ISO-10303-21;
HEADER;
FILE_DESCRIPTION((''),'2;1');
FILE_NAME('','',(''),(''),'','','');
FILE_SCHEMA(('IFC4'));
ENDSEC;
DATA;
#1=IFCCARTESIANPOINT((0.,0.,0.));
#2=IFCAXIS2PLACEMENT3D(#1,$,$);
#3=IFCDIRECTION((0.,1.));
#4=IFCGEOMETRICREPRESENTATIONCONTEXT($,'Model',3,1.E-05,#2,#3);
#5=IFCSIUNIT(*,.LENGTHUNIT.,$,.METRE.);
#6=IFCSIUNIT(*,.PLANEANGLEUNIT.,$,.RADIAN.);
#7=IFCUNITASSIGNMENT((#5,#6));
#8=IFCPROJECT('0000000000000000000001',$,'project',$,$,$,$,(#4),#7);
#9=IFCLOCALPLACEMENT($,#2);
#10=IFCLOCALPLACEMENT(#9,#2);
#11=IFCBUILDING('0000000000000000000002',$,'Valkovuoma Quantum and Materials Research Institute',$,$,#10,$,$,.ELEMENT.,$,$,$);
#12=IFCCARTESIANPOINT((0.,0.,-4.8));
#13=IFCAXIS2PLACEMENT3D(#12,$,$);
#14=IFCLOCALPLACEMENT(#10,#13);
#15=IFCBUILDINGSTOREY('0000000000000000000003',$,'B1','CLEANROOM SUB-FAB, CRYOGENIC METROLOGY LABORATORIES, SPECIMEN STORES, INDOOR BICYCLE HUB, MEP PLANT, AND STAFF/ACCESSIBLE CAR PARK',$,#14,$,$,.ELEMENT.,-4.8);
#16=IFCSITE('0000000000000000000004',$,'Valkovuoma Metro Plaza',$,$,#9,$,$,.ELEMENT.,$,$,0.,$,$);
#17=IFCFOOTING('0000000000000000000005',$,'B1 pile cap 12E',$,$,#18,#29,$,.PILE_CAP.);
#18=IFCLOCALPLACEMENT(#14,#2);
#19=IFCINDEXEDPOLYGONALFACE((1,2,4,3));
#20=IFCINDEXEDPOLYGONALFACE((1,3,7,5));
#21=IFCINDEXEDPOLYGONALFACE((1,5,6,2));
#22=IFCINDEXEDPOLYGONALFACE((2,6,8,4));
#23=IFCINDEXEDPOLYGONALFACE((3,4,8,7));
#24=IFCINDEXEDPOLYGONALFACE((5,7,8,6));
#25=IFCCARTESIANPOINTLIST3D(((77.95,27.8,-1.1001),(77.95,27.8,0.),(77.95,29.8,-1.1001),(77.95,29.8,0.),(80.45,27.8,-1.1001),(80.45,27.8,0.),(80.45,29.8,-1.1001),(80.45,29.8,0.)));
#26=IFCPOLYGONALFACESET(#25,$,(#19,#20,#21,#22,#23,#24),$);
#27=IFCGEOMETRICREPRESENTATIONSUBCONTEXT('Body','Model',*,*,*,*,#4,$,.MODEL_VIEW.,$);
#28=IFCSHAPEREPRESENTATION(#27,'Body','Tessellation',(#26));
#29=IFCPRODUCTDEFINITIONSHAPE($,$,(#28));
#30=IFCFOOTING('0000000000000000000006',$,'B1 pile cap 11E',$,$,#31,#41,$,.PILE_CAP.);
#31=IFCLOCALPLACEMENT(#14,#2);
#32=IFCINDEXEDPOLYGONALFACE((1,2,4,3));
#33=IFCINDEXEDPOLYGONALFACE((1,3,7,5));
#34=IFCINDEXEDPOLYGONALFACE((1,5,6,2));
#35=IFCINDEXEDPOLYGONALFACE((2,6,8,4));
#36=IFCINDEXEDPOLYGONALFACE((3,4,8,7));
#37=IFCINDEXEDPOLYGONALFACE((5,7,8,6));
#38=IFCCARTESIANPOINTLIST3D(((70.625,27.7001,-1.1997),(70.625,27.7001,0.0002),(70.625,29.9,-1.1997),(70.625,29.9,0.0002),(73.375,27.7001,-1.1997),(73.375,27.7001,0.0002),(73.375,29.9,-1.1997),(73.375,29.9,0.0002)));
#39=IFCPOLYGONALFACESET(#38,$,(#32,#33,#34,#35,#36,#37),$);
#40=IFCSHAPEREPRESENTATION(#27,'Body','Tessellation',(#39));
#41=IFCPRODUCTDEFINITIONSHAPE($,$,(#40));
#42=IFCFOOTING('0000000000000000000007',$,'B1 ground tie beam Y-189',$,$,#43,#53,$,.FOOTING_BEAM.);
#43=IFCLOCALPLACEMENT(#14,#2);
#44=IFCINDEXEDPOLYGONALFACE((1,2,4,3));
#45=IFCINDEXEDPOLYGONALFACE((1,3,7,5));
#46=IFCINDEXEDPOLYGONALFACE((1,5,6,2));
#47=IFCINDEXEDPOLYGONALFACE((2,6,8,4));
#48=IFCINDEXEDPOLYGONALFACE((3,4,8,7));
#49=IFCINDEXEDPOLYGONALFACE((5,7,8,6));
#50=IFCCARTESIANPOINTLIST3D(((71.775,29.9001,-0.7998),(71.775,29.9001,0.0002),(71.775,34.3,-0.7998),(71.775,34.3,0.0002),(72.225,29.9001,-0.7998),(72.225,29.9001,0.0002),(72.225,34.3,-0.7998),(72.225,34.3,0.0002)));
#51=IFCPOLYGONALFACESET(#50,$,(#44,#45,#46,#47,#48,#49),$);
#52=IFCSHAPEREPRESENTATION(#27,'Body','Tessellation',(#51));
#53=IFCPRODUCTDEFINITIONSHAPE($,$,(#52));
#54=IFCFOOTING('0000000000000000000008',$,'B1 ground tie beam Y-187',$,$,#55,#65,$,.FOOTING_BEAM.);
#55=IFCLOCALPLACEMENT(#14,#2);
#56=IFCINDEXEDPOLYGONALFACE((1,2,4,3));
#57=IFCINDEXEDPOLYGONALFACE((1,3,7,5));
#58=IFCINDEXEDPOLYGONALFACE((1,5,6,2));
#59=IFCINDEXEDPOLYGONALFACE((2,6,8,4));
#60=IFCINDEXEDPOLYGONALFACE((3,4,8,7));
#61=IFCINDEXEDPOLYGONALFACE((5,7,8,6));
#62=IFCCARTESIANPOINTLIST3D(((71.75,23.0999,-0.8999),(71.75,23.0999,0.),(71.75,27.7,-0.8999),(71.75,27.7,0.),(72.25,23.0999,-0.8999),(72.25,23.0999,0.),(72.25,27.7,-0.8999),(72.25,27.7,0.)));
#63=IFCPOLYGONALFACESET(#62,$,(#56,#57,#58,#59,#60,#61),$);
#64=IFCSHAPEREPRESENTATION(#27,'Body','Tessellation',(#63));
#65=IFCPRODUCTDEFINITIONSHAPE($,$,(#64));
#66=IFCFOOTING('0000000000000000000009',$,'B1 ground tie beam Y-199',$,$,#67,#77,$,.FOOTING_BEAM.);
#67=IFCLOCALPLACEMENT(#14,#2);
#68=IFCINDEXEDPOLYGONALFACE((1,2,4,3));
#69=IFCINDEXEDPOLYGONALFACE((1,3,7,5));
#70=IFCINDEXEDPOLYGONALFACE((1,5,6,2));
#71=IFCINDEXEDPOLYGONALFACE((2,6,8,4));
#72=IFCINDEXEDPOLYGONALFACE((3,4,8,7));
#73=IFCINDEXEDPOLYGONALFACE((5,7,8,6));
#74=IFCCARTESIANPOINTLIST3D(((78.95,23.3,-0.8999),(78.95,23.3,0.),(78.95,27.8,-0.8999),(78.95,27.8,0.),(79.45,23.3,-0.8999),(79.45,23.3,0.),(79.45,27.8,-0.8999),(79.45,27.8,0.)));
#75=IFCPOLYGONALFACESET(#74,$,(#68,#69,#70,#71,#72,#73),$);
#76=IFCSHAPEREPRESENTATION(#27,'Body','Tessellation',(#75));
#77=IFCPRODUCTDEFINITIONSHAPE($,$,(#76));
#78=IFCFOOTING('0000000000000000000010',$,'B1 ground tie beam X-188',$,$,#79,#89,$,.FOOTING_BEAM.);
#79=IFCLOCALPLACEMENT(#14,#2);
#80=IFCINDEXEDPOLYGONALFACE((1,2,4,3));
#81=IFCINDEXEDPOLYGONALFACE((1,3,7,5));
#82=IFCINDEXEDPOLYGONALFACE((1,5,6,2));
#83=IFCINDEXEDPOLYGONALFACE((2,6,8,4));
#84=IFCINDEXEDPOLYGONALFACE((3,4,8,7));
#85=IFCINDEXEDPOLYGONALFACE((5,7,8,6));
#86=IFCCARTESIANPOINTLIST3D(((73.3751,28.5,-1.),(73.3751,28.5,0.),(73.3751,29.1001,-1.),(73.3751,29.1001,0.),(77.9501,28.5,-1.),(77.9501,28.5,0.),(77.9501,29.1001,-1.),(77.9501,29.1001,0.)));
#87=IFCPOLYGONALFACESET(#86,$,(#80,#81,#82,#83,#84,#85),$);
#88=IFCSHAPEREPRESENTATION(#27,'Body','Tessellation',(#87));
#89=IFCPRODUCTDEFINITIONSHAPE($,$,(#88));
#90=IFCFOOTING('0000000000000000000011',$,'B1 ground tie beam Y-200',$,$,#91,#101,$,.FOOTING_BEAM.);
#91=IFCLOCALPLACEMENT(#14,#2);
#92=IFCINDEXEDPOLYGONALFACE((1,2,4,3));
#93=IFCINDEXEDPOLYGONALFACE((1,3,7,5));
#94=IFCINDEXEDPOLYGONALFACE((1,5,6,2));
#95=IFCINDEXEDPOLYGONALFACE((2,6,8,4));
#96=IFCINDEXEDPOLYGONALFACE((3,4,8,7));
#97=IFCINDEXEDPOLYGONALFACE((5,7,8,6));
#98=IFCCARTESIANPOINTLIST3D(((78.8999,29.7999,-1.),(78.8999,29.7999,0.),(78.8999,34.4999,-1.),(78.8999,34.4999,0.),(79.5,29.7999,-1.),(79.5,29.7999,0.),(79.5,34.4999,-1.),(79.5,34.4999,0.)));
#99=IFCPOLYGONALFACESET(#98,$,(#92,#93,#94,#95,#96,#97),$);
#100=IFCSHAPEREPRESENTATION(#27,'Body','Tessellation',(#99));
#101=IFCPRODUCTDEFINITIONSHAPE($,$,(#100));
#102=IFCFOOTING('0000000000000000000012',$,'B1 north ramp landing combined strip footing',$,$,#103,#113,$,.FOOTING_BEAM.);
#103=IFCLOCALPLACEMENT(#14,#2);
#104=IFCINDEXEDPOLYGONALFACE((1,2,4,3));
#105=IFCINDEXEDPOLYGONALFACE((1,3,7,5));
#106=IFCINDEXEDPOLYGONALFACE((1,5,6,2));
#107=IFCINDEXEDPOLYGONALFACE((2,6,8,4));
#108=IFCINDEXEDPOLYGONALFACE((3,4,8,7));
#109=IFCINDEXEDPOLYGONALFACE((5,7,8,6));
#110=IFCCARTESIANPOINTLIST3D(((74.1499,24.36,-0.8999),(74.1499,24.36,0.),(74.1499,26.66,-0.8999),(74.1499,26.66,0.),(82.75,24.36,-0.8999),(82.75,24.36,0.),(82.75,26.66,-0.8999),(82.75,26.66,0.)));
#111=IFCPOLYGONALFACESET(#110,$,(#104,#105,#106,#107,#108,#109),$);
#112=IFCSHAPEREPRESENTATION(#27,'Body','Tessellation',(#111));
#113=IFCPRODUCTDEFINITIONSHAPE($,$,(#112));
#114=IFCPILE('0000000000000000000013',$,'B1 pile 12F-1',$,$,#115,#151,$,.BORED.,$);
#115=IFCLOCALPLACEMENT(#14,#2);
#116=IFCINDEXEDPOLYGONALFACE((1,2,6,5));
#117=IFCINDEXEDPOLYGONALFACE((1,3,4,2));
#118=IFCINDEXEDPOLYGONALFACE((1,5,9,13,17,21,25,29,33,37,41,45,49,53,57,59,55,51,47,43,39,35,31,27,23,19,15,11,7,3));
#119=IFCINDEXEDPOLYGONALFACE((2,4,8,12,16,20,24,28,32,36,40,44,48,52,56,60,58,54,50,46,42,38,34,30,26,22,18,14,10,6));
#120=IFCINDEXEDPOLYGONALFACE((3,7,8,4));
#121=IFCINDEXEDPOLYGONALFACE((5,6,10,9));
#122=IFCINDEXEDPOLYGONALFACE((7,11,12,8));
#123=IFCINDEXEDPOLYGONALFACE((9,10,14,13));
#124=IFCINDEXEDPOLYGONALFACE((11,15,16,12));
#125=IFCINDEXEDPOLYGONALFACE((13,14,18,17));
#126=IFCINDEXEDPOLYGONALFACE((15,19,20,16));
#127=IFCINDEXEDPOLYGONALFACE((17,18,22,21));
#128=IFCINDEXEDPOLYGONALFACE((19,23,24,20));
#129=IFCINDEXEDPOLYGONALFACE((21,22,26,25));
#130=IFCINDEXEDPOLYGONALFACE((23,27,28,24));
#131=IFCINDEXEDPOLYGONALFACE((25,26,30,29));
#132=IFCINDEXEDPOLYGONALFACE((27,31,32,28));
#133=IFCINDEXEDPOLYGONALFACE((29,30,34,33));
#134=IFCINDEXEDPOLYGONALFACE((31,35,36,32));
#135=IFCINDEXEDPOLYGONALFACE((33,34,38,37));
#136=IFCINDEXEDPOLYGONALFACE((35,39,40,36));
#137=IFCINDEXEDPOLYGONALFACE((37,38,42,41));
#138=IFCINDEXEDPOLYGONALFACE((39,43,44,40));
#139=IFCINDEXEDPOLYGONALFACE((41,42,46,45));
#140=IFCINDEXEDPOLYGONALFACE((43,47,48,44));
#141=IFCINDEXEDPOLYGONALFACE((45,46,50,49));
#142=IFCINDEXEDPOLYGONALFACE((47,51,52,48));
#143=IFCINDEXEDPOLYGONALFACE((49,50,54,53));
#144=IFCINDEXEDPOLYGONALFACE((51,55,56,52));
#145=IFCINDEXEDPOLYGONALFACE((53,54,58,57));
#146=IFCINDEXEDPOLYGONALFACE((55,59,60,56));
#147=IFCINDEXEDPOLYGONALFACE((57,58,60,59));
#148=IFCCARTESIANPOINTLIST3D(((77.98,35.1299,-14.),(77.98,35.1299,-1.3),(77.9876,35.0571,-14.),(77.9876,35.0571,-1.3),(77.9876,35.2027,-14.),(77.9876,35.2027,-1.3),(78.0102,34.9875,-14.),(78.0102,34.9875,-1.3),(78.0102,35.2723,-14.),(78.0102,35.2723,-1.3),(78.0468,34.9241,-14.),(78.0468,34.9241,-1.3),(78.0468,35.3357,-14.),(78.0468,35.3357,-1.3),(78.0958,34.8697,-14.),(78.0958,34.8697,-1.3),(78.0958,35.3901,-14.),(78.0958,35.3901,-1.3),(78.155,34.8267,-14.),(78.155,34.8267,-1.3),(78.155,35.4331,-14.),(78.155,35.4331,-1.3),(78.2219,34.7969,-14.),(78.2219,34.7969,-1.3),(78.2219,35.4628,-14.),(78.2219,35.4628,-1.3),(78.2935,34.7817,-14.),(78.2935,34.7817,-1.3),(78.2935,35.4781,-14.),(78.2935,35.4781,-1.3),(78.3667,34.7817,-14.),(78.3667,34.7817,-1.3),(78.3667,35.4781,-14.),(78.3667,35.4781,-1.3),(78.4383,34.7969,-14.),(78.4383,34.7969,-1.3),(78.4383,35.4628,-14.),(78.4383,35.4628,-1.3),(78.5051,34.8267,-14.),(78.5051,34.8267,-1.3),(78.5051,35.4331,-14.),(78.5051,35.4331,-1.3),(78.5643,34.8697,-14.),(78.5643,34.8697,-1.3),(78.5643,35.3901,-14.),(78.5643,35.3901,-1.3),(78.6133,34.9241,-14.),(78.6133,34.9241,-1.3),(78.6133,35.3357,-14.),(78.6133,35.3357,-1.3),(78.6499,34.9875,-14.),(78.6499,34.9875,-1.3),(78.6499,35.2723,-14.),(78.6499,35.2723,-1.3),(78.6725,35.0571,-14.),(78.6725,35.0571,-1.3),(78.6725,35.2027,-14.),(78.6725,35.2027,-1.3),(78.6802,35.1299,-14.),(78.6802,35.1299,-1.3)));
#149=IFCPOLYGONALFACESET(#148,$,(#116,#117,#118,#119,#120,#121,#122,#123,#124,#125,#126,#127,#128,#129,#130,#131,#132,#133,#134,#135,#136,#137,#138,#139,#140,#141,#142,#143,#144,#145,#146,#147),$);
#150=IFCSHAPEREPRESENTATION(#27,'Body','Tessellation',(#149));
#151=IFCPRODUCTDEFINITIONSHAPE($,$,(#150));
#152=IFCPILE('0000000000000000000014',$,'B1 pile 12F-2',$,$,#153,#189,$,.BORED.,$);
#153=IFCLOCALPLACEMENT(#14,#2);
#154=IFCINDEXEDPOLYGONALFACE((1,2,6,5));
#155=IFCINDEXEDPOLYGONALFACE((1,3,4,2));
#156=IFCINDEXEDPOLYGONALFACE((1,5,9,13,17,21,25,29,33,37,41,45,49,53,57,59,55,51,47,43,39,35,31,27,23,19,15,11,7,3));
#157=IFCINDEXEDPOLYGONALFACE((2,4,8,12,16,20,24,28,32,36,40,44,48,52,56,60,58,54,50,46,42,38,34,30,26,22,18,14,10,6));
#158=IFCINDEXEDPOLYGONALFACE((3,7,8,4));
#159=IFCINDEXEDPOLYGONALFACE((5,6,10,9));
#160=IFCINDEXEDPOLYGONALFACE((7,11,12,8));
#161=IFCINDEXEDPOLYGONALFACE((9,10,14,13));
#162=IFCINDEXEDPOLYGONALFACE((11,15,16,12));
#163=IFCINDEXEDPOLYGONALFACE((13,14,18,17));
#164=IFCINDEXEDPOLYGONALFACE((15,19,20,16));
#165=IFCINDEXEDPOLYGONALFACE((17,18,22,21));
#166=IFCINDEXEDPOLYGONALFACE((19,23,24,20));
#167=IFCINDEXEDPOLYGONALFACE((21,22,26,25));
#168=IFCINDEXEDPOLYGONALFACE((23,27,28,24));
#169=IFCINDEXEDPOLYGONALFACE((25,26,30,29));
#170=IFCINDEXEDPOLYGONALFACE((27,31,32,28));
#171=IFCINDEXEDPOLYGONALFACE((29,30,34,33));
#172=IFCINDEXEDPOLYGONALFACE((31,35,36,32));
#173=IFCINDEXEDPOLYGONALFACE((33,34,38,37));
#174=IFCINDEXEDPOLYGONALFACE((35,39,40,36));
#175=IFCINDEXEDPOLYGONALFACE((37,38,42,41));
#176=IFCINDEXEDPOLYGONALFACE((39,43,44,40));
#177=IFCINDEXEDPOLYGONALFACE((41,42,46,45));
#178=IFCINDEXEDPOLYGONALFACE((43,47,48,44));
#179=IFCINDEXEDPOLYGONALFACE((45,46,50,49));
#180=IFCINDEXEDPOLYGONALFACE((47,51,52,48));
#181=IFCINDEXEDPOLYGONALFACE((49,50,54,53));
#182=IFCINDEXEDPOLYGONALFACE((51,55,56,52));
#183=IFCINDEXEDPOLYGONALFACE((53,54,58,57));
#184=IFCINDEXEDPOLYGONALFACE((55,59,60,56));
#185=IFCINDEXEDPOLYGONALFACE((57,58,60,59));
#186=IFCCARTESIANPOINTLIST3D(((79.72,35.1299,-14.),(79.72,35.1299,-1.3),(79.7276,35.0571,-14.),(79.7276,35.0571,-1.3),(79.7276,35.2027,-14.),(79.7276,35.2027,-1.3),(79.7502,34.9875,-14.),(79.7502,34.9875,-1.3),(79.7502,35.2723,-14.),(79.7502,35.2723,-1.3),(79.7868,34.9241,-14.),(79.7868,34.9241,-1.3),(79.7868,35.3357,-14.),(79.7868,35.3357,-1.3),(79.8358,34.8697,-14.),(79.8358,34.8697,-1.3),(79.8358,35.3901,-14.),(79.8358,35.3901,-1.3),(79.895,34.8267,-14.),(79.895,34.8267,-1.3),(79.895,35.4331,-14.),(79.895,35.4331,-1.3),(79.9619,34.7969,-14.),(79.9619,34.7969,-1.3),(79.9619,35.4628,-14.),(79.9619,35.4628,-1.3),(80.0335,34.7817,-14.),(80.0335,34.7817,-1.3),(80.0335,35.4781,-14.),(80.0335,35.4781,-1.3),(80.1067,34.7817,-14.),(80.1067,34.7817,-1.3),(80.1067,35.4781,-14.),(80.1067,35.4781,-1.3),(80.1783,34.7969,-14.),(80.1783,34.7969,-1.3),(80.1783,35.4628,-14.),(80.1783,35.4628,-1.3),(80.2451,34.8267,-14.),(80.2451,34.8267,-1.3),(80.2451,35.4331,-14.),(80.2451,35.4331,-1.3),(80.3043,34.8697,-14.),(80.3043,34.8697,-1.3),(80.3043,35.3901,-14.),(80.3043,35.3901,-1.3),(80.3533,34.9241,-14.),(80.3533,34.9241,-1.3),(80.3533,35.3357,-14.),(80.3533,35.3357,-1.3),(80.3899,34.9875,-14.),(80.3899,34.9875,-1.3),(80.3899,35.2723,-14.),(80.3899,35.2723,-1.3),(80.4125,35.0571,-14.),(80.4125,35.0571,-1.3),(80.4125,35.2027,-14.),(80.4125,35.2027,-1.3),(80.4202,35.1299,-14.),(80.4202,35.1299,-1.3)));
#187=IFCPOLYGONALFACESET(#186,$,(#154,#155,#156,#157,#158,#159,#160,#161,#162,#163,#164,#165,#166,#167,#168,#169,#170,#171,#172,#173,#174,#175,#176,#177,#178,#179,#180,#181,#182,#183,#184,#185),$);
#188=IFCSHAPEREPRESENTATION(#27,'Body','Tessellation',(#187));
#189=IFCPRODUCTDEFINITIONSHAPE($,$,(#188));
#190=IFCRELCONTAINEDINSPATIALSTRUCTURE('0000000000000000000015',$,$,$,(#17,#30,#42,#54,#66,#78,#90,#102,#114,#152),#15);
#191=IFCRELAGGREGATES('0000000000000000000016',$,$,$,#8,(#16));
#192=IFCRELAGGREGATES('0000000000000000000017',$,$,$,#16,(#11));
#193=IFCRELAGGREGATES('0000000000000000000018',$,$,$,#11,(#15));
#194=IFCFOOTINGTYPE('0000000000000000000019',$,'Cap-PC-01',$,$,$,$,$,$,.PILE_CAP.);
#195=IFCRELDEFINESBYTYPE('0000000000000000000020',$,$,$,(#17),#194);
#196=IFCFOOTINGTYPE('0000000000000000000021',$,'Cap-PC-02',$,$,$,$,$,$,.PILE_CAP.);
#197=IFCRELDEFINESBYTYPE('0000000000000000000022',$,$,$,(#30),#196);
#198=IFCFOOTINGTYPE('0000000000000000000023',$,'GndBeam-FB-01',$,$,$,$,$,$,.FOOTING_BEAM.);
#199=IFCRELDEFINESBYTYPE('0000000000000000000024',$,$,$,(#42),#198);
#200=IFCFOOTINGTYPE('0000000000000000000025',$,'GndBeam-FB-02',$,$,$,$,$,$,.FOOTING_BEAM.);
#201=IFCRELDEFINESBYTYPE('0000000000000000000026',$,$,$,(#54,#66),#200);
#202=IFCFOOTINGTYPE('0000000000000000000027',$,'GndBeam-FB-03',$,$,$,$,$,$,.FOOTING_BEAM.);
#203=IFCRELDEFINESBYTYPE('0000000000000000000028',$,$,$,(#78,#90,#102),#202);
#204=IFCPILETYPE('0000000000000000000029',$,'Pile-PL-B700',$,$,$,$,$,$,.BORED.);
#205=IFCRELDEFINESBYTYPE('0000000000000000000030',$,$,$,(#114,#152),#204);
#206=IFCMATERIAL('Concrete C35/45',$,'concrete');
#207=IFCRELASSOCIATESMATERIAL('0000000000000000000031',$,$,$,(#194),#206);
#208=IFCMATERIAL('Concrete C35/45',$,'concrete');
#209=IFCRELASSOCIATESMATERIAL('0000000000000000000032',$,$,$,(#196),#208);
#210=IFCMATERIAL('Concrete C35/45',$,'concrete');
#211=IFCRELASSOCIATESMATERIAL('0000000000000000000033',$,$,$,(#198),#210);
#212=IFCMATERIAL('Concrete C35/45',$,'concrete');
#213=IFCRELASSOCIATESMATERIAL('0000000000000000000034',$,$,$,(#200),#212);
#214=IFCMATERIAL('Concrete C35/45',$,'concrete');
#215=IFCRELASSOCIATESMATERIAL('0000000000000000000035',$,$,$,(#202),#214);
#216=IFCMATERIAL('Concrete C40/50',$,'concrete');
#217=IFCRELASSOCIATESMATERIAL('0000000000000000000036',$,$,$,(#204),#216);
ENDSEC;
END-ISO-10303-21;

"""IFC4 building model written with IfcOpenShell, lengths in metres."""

from ifc_helpers import new_model, si_unit, direction, frame, origin, origin_2d, place, context, subcontext, project, spatial, rectangle, circle, extrude, material, material_profile, profile_set, type_object, element, save


model = new_model("IFC4")

# Units and contexts
model_context = context("Model", 3, precision=1e-05, world=origin(), true_north=direction((0.0, 1.0)))
body_context = subcontext(model_context, "Body", "Model", "MODEL_VIEW")
ifc_project = project(units=[si_unit("LENGTHUNIT", "METRE"), si_unit("PLANEANGLEUNIT", "RADIAN")], contexts=[model_context])

# Site, building, storey
site_placement = place(None, origin())
site = spatial("IfcSite", under=ifc_project, at=site_placement, Name="Valkovuoma Metro Plaza", CompositionType="ELEMENT", RefElevation=0.0)
building_placement = place(site_placement, origin())
building = spatial("IfcBuilding", under=site, at=building_placement, Name="Valkovuoma Quantum and Materials Research Institute", CompositionType="ELEMENT")
storey_placement = place(building_placement, frame((0.0, 0.0, -4.8)))
storey = spatial("IfcBuildingStorey", under=building, at=storey_placement, Name="B1", Description="CLEANROOM SUB-FAB, CRYOGENIC METROLOGY LABORATORIES, SPECIMEN STORES, INDOOR BICYCLE HUB, MEP PLANT, AND STAFF/ACCESSIBLE CAR PARK", CompositionType="ELEMENT", Elevation=-4.8)

# Footings
ifc_material_1 = material(Name="Concrete C35/45", Category="concrete")
footing_type_1 = type_object("IfcFootingType", Name="Cap-PC-01", PredefinedType="PILE_CAP", material=ifc_material_1)
footing_1_placement = place(storey_placement, frame((79.2, 28.8, -1.1001), z_axis=(0.0, 0.0, 1.0), x_axis=(1.0, 0.0, 0.0)))
element("IfcFooting", 1, at=footing_1_placement, inside=storey, type_object=footing_type_1, Name="B1 pile cap 12E", PredefinedType="PILE_CAP", context=body_context, shape_type="SweptSolid", body=[
    extrude(rectangle(XDim=2.5, YDim=2.0, at=origin_2d()), origin(), (0.0, 0.0, 1.0), 1.1001),
])
ifc_material_2 = material(Name="Concrete C35/45", Category="concrete")
footing_type_2 = type_object("IfcFootingType", Name="Cap-PC-02", PredefinedType="PILE_CAP", material=ifc_material_2)
footing_2_placement = place(storey_placement, frame((72.0, 28.8, -1.1997), z_axis=(0.0, 0.0, 1.0), x_axis=(1.0, 0.0, 0.0)))
element("IfcFooting", 2, at=footing_2_placement, inside=storey, type_object=footing_type_2, Name="B1 pile cap 11E", PredefinedType="PILE_CAP", context=body_context, shape_type="SweptSolid", body=[
    extrude(rectangle(XDim=2.75, YDim=2.2, at=origin_2d()), origin(), (0.0, 0.0, 1.0), 1.2),
])
ifc_material_3 = material(Name="Concrete C35/45", Category="concrete")
footing_type_3 = type_object("IfcFootingType", Name="GndBeam-FB-01", PredefinedType="FOOTING_BEAM", material=ifc_material_3)
footing_3_placement = place(storey_placement, frame((72.0, 32.1001, -0.7998), z_axis=(0.0, 0.0, 1.0), x_axis=(0.0, 1.0, 0.0)))
element("IfcFooting", 3, at=footing_3_placement, inside=storey, type_object=footing_type_3, Name="B1 ground tie beam Y-189", PredefinedType="FOOTING_BEAM", context=body_context, shape_type="SweptSolid", body=[
    extrude(rectangle(XDim=4.3999, YDim=0.45, at=origin_2d()), origin(), (0.0, 0.0, 1.0), 0.8),
])
ifc_material_4 = material(Name="Concrete C35/45", Category="concrete")
footing_type_4 = type_object("IfcFootingType", Name="GndBeam-FB-02", PredefinedType="FOOTING_BEAM", material=ifc_material_4)
footing_4_placement = place(storey_placement, frame((72.0, 25.3999, -0.8999), z_axis=(0.0, 0.0, 1.0), x_axis=(0.0, 1.0, 0.0)))
element("IfcFooting", 4, at=footing_4_placement, inside=storey, type_object=footing_type_4, Name="B1 ground tie beam Y-187", PredefinedType="FOOTING_BEAM", context=body_context, shape_type="SweptSolid", body=[
    extrude(rectangle(XDim=4.6001, YDim=0.5, at=origin_2d()), origin(), (0.0, 0.0, 1.0), 0.8999),
])
footing_5_placement = place(storey_placement, frame((79.2, 25.55, -0.8999), z_axis=(0.0, 0.0, 1.0), x_axis=(0.0, 1.0, 0.0)))
element("IfcFooting", 5, at=footing_5_placement, inside=storey, type_object=footing_type_4, Name="B1 ground tie beam Y-199", PredefinedType="FOOTING_BEAM", context=body_context, shape_type="SweptSolid", body=[
    extrude(rectangle(XDim=4.5, YDim=0.5, at=origin_2d()), origin(), (0.0, 0.0, 1.0), 0.8999),
])
ifc_material_5 = material(Name="Concrete C35/45", Category="concrete")
footing_type_5 = type_object("IfcFootingType", Name="GndBeam-FB-03", PredefinedType="FOOTING_BEAM", material=ifc_material_5)
footing_6_placement = place(storey_placement, frame((75.6626, 28.8, -1.0), z_axis=(0.0, 0.0, 1.0), x_axis=(1.0, 0.0, 0.0)))
element("IfcFooting", 6, at=footing_6_placement, inside=storey, type_object=footing_type_5, Name="B1 ground tie beam X-188", PredefinedType="FOOTING_BEAM", context=body_context, shape_type="SweptSolid", body=[
    extrude(rectangle(XDim=4.575, YDim=0.6001, at=origin_2d()), origin(), (0.0, 0.0, 1.0), 1.0),
])
footing_7_placement = place(storey_placement, frame((79.2, 32.1499, -1.0), z_axis=(0.0, 0.0, 1.0), x_axis=(0.0, 1.0, 0.0)))
element("IfcFooting", 7, at=footing_7_placement, inside=storey, type_object=footing_type_5, Name="B1 ground tie beam Y-200", PredefinedType="FOOTING_BEAM", context=body_context, shape_type="SweptSolid", body=[
    extrude(rectangle(XDim=4.7, YDim=0.6001, at=origin_2d()), origin(), (0.0, 0.0, 1.0), 1.0),
])
footing_8_placement = place(storey_placement, frame((78.45, 25.51, -0.8999), z_axis=(0.0, 0.0, 1.0), x_axis=(1.0, 0.0, 0.0)))
element("IfcFooting", 8, at=footing_8_placement, inside=storey, type_object=footing_type_5, Name="B1 north ramp landing combined strip footing", PredefinedType="FOOTING_BEAM", context=body_context, shape_type="SweptSolid", body=[
    extrude(rectangle(XDim=8.6001, YDim=2.3, at=origin_2d()), origin(), (0.0, 0.0, 1.0), 0.8999),
])

# Piles
ifc_material_6 = material(Name="Concrete C40/50", Category="concrete")
ifc_material_profile_1 = material_profile(ifc_material_6, circle(Radius=0.3501, at=origin_2d()), Name="Concrete C40/50")
ifc_profile_set_1 = profile_set([ifc_material_profile_1], Name="Concrete C40/50")
pile_type_1 = type_object("IfcPileType", Name="Pile-PL-B700", PredefinedType="BORED", material=ifc_profile_set_1)
for number, where, z_axis, x_axis, name in (
    (9, (78.3301, 35.1299, -1.3), (0.0, 0.0, -1.0), (1.0, 0.0, 0.0), "B1 pile 12F-1"),
    (10, (80.0701, 35.1299, -1.3), (0.0, 0.0, -1.0), (1.0, 0.0, 0.0), "B1 pile 12F-2"),
):
    element("IfcPile", number, at=place(storey_placement, frame(where, z_axis=z_axis, x_axis=x_axis)), inside=storey, type_object=pile_type_1, Name=name, PredefinedType="BORED", context=body_context, shape_type="SweptSolid", body=[
        extrude(circle(Radius=0.3501, at=origin_2d()), origin(), (0.0, 0.0, 1.0), 12.7),
    ])

save(model, "model.ifc")
